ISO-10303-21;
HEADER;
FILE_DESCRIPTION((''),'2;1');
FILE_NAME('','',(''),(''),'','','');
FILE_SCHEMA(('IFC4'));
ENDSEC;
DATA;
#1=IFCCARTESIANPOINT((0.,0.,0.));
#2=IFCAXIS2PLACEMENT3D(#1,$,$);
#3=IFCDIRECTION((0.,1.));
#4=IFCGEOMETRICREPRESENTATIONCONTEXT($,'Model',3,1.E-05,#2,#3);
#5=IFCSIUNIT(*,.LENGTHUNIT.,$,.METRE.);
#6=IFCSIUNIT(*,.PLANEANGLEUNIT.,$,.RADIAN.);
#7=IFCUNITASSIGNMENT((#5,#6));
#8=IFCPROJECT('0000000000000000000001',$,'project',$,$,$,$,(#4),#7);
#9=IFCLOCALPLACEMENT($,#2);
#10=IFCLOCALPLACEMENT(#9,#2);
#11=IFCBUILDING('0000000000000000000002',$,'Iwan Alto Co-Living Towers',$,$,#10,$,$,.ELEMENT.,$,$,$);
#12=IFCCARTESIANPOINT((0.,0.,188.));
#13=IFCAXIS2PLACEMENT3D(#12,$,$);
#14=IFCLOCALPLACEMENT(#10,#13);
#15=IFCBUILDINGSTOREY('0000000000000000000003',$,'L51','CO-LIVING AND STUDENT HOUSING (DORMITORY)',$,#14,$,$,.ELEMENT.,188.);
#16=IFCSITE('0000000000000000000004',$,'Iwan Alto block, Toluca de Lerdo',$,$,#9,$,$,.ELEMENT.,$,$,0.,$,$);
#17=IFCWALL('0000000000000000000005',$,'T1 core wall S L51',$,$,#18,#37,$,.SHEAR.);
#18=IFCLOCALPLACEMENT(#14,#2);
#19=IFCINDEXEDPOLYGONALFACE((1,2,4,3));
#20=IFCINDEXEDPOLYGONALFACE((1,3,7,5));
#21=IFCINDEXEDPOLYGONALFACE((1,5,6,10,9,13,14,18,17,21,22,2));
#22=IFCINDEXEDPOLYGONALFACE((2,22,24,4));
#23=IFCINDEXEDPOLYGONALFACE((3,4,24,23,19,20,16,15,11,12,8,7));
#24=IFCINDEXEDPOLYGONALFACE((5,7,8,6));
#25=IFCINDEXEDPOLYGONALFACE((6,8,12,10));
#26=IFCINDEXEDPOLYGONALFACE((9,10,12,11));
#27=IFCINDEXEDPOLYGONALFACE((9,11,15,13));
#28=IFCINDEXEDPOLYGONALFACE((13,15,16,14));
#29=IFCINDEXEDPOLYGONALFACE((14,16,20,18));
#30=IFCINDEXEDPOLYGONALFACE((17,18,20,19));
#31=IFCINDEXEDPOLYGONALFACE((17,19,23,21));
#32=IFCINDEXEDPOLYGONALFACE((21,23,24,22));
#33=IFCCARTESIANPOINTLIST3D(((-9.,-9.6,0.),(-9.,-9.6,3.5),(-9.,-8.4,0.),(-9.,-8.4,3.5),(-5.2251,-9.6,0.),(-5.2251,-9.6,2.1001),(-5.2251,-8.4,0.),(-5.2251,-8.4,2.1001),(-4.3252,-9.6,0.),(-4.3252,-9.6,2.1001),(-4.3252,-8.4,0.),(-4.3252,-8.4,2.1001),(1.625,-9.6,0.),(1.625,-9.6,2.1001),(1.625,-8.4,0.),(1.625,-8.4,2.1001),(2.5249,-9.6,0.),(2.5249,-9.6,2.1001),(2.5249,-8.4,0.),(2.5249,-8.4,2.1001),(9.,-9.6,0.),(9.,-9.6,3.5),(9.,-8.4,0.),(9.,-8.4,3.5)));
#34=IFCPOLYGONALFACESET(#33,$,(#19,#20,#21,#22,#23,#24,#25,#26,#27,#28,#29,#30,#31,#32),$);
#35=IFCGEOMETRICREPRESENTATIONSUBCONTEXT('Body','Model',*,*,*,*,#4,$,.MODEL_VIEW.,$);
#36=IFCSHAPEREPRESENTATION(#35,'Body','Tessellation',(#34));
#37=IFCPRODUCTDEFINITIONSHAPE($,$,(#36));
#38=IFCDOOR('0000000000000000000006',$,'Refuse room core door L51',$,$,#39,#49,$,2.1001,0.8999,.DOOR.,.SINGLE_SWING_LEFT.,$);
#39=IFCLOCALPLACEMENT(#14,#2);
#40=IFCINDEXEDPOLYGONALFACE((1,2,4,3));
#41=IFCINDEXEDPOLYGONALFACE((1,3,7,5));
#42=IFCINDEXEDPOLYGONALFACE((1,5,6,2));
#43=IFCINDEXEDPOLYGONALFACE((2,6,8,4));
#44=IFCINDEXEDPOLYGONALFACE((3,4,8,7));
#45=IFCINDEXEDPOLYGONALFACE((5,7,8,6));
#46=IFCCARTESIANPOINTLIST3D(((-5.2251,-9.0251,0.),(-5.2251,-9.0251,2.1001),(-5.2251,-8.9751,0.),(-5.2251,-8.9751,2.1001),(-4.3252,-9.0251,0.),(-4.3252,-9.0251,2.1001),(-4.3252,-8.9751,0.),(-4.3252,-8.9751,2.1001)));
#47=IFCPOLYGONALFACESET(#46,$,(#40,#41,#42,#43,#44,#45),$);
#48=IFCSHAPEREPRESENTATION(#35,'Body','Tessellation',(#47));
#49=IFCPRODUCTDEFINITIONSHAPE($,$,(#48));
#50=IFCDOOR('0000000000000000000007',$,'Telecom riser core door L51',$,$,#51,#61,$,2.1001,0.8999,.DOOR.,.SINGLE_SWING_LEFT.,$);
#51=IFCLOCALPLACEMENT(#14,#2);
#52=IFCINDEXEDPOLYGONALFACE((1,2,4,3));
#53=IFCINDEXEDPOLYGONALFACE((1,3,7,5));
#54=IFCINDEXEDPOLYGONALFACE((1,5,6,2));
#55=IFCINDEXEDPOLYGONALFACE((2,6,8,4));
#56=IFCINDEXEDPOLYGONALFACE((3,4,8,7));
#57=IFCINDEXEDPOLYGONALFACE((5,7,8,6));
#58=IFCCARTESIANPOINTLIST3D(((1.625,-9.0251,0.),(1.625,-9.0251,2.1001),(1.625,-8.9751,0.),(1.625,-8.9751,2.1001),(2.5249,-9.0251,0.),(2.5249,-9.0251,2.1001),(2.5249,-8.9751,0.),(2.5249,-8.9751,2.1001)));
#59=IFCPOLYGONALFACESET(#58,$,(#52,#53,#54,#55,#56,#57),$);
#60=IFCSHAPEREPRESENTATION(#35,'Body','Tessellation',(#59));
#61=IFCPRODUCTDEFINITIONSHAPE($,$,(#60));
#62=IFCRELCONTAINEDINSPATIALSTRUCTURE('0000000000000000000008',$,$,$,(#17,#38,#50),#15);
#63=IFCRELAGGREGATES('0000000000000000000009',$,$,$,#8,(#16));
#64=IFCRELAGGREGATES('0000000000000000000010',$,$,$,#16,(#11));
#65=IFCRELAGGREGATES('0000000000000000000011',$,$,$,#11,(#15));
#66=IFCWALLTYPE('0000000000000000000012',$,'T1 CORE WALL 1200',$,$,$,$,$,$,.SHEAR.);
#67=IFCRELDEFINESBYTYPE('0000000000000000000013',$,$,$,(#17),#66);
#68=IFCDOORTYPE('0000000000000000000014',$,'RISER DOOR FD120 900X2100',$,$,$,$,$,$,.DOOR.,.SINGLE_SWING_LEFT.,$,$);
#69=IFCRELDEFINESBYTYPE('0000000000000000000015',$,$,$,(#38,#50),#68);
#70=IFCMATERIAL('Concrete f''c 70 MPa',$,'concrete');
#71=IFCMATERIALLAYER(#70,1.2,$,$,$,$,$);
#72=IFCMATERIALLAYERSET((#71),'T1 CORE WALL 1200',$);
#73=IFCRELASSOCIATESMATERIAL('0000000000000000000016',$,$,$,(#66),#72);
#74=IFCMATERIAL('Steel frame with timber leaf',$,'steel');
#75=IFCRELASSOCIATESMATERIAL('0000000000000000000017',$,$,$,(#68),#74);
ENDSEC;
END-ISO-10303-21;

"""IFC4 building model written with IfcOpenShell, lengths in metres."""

from ifc_helpers import new_model, si_unit, direction, frame, frame_2d, origin, place, context, subcontext, project, spatial, rectangle, extrude, material, layer, layer_set, type_object, element, fill, save


model = new_model("IFC4")

# Units and contexts
model_context = context("Model", 3, precision=1e-05, world=origin(), true_north=direction((0.0, 1.0)))
body_context = subcontext(model_context, "Body", "Model", "MODEL_VIEW")
ifc_project = project(units=[si_unit("LENGTHUNIT", "METRE"), si_unit("PLANEANGLEUNIT", "RADIAN")], contexts=[model_context])

# Site, building, storey
site_placement = place(None, origin())
site = spatial("IfcSite", under=ifc_project, at=site_placement, Name="Iwan Alto block, Toluca de Lerdo", CompositionType="ELEMENT", RefElevation=0.0)
building_placement = place(site_placement, origin())
building = spatial("IfcBuilding", under=site, at=building_placement, Name="Iwan Alto Co-Living Towers", CompositionType="ELEMENT")
storey_placement = place(building_placement, frame((0.0, 0.0, 188.0)))
storey = spatial("IfcBuildingStorey", under=building, at=storey_placement, Name="L51", Description="CO-LIVING AND STUDENT HOUSING (DORMITORY)", CompositionType="ELEMENT", Elevation=188.0)

# Wall, openings, doors
ifc_material_1 = material(Name="Concrete f'c 70 MPa", Category="concrete")
ifc_layer_1 = layer(ifc_material_1, 1.2)
ifc_layer_set_1 = layer_set([ifc_layer_1], Name="T1 CORE WALL 1200")
wall_type_1 = type_object("IfcWallType", Name="T1 CORE WALL 1200", PredefinedType="SHEAR", material=ifc_layer_set_1)
wall_1_placement = place(storey_placement, frame((-9.0, -9.0, 0.0), z_axis=(0.0, 0.0, 1.0), x_axis=(1.0, 0.0, 0.0)))
wall_1 = element("IfcWall", 1, at=wall_1_placement, inside=storey, type_object=wall_type_1, Name="T1 core wall S L51", PredefinedType="SHEAR", context=body_context, shape_type="SweptSolid", body=[
    extrude(rectangle(XDim=18.0, YDim=1.2, at=frame_2d((9.0, 0.0))), origin(), (0.0, 0.0, 1.0), 3.5),
])
opening_1_placement = place(wall_1_placement, frame((3.7749, 0.0, 0.0)))
opening_1 = element("IfcOpeningElement", 2, at=opening_1_placement, cuts=wall_1, PredefinedType="OPENING", context=body_context, shape_type="SweptSolid", body=[
    extrude(rectangle(XDim=0.8999, YDim=2.1001, at=frame_2d((0.45, 1.05))), frame((0.0, 0.6099, 0.0), z_axis=(0.0, -1.0, 0.0), x_axis=(1.0, 0.0, 0.0)), (0.0, 0.0, 1.0), 1.22),
])
opening_2_placement = place(wall_1_placement, frame((10.625, 0.0, 0.0)))
opening_2 = element("IfcOpeningElement", 3, at=opening_2_placement, cuts=wall_1, PredefinedType="OPENING", context=body_context, shape_type="SweptSolid", body=[
    extrude(rectangle(XDim=0.8999, YDim=2.1001, at=frame_2d((0.45, 1.05))), frame((0.0, 0.6099, 0.0), z_axis=(0.0, -1.0, 0.0), x_axis=(1.0, 0.0, 0.0)), (0.0, 0.0, 1.0), 1.22),
])
ifc_material_2 = material(Name="Steel frame with timber leaf", Category="steel")
door_type_1 = type_object("IfcDoorType", Name="RISER DOOR FD120 900X2100", OperationType="SINGLE_SWING_LEFT", PredefinedType="DOOR", material=ifc_material_2)
door_1_placement = place(opening_1_placement, origin())
door_1 = element("IfcDoor", 4, at=door_1_placement, inside=storey, type_object=door_type_1, Name="Refuse room core door L51", OperationType="SINGLE_SWING_LEFT", OverallHeight=2.1001, OverallWidth=0.8999, PredefinedType="DOOR", context=body_context, shape_type="SweptSolid", body=[
    extrude(rectangle(XDim=0.8999, YDim=2.1001, at=frame_2d((0.45, 1.05))), frame((0.0, 0.0249, 0.0), z_axis=(0.0, -1.0, 0.0), x_axis=(1.0, 0.0, 0.0)), (0.0, 0.0, 1.0), 0.05),
])
fill(opening_1, door_1)
door_2_placement = place(opening_2_placement, origin())
door_2 = element("IfcDoor", 5, at=door_2_placement, inside=storey, type_object=door_type_1, Name="Telecom riser core door L51", OperationType="SINGLE_SWING_LEFT", OverallHeight=2.1001, OverallWidth=0.8999, PredefinedType="DOOR", context=body_context, shape_type="SweptSolid", body=[
    extrude(rectangle(XDim=0.8999, YDim=2.1001, at=frame_2d((0.45, 1.05))), frame((0.0, 0.0249, 0.0), z_axis=(0.0, -1.0, 0.0), x_axis=(1.0, 0.0, 0.0)), (0.0, 0.0, 1.0), 0.05),
])
fill(opening_2, door_2)

save(model, "model.ifc")
